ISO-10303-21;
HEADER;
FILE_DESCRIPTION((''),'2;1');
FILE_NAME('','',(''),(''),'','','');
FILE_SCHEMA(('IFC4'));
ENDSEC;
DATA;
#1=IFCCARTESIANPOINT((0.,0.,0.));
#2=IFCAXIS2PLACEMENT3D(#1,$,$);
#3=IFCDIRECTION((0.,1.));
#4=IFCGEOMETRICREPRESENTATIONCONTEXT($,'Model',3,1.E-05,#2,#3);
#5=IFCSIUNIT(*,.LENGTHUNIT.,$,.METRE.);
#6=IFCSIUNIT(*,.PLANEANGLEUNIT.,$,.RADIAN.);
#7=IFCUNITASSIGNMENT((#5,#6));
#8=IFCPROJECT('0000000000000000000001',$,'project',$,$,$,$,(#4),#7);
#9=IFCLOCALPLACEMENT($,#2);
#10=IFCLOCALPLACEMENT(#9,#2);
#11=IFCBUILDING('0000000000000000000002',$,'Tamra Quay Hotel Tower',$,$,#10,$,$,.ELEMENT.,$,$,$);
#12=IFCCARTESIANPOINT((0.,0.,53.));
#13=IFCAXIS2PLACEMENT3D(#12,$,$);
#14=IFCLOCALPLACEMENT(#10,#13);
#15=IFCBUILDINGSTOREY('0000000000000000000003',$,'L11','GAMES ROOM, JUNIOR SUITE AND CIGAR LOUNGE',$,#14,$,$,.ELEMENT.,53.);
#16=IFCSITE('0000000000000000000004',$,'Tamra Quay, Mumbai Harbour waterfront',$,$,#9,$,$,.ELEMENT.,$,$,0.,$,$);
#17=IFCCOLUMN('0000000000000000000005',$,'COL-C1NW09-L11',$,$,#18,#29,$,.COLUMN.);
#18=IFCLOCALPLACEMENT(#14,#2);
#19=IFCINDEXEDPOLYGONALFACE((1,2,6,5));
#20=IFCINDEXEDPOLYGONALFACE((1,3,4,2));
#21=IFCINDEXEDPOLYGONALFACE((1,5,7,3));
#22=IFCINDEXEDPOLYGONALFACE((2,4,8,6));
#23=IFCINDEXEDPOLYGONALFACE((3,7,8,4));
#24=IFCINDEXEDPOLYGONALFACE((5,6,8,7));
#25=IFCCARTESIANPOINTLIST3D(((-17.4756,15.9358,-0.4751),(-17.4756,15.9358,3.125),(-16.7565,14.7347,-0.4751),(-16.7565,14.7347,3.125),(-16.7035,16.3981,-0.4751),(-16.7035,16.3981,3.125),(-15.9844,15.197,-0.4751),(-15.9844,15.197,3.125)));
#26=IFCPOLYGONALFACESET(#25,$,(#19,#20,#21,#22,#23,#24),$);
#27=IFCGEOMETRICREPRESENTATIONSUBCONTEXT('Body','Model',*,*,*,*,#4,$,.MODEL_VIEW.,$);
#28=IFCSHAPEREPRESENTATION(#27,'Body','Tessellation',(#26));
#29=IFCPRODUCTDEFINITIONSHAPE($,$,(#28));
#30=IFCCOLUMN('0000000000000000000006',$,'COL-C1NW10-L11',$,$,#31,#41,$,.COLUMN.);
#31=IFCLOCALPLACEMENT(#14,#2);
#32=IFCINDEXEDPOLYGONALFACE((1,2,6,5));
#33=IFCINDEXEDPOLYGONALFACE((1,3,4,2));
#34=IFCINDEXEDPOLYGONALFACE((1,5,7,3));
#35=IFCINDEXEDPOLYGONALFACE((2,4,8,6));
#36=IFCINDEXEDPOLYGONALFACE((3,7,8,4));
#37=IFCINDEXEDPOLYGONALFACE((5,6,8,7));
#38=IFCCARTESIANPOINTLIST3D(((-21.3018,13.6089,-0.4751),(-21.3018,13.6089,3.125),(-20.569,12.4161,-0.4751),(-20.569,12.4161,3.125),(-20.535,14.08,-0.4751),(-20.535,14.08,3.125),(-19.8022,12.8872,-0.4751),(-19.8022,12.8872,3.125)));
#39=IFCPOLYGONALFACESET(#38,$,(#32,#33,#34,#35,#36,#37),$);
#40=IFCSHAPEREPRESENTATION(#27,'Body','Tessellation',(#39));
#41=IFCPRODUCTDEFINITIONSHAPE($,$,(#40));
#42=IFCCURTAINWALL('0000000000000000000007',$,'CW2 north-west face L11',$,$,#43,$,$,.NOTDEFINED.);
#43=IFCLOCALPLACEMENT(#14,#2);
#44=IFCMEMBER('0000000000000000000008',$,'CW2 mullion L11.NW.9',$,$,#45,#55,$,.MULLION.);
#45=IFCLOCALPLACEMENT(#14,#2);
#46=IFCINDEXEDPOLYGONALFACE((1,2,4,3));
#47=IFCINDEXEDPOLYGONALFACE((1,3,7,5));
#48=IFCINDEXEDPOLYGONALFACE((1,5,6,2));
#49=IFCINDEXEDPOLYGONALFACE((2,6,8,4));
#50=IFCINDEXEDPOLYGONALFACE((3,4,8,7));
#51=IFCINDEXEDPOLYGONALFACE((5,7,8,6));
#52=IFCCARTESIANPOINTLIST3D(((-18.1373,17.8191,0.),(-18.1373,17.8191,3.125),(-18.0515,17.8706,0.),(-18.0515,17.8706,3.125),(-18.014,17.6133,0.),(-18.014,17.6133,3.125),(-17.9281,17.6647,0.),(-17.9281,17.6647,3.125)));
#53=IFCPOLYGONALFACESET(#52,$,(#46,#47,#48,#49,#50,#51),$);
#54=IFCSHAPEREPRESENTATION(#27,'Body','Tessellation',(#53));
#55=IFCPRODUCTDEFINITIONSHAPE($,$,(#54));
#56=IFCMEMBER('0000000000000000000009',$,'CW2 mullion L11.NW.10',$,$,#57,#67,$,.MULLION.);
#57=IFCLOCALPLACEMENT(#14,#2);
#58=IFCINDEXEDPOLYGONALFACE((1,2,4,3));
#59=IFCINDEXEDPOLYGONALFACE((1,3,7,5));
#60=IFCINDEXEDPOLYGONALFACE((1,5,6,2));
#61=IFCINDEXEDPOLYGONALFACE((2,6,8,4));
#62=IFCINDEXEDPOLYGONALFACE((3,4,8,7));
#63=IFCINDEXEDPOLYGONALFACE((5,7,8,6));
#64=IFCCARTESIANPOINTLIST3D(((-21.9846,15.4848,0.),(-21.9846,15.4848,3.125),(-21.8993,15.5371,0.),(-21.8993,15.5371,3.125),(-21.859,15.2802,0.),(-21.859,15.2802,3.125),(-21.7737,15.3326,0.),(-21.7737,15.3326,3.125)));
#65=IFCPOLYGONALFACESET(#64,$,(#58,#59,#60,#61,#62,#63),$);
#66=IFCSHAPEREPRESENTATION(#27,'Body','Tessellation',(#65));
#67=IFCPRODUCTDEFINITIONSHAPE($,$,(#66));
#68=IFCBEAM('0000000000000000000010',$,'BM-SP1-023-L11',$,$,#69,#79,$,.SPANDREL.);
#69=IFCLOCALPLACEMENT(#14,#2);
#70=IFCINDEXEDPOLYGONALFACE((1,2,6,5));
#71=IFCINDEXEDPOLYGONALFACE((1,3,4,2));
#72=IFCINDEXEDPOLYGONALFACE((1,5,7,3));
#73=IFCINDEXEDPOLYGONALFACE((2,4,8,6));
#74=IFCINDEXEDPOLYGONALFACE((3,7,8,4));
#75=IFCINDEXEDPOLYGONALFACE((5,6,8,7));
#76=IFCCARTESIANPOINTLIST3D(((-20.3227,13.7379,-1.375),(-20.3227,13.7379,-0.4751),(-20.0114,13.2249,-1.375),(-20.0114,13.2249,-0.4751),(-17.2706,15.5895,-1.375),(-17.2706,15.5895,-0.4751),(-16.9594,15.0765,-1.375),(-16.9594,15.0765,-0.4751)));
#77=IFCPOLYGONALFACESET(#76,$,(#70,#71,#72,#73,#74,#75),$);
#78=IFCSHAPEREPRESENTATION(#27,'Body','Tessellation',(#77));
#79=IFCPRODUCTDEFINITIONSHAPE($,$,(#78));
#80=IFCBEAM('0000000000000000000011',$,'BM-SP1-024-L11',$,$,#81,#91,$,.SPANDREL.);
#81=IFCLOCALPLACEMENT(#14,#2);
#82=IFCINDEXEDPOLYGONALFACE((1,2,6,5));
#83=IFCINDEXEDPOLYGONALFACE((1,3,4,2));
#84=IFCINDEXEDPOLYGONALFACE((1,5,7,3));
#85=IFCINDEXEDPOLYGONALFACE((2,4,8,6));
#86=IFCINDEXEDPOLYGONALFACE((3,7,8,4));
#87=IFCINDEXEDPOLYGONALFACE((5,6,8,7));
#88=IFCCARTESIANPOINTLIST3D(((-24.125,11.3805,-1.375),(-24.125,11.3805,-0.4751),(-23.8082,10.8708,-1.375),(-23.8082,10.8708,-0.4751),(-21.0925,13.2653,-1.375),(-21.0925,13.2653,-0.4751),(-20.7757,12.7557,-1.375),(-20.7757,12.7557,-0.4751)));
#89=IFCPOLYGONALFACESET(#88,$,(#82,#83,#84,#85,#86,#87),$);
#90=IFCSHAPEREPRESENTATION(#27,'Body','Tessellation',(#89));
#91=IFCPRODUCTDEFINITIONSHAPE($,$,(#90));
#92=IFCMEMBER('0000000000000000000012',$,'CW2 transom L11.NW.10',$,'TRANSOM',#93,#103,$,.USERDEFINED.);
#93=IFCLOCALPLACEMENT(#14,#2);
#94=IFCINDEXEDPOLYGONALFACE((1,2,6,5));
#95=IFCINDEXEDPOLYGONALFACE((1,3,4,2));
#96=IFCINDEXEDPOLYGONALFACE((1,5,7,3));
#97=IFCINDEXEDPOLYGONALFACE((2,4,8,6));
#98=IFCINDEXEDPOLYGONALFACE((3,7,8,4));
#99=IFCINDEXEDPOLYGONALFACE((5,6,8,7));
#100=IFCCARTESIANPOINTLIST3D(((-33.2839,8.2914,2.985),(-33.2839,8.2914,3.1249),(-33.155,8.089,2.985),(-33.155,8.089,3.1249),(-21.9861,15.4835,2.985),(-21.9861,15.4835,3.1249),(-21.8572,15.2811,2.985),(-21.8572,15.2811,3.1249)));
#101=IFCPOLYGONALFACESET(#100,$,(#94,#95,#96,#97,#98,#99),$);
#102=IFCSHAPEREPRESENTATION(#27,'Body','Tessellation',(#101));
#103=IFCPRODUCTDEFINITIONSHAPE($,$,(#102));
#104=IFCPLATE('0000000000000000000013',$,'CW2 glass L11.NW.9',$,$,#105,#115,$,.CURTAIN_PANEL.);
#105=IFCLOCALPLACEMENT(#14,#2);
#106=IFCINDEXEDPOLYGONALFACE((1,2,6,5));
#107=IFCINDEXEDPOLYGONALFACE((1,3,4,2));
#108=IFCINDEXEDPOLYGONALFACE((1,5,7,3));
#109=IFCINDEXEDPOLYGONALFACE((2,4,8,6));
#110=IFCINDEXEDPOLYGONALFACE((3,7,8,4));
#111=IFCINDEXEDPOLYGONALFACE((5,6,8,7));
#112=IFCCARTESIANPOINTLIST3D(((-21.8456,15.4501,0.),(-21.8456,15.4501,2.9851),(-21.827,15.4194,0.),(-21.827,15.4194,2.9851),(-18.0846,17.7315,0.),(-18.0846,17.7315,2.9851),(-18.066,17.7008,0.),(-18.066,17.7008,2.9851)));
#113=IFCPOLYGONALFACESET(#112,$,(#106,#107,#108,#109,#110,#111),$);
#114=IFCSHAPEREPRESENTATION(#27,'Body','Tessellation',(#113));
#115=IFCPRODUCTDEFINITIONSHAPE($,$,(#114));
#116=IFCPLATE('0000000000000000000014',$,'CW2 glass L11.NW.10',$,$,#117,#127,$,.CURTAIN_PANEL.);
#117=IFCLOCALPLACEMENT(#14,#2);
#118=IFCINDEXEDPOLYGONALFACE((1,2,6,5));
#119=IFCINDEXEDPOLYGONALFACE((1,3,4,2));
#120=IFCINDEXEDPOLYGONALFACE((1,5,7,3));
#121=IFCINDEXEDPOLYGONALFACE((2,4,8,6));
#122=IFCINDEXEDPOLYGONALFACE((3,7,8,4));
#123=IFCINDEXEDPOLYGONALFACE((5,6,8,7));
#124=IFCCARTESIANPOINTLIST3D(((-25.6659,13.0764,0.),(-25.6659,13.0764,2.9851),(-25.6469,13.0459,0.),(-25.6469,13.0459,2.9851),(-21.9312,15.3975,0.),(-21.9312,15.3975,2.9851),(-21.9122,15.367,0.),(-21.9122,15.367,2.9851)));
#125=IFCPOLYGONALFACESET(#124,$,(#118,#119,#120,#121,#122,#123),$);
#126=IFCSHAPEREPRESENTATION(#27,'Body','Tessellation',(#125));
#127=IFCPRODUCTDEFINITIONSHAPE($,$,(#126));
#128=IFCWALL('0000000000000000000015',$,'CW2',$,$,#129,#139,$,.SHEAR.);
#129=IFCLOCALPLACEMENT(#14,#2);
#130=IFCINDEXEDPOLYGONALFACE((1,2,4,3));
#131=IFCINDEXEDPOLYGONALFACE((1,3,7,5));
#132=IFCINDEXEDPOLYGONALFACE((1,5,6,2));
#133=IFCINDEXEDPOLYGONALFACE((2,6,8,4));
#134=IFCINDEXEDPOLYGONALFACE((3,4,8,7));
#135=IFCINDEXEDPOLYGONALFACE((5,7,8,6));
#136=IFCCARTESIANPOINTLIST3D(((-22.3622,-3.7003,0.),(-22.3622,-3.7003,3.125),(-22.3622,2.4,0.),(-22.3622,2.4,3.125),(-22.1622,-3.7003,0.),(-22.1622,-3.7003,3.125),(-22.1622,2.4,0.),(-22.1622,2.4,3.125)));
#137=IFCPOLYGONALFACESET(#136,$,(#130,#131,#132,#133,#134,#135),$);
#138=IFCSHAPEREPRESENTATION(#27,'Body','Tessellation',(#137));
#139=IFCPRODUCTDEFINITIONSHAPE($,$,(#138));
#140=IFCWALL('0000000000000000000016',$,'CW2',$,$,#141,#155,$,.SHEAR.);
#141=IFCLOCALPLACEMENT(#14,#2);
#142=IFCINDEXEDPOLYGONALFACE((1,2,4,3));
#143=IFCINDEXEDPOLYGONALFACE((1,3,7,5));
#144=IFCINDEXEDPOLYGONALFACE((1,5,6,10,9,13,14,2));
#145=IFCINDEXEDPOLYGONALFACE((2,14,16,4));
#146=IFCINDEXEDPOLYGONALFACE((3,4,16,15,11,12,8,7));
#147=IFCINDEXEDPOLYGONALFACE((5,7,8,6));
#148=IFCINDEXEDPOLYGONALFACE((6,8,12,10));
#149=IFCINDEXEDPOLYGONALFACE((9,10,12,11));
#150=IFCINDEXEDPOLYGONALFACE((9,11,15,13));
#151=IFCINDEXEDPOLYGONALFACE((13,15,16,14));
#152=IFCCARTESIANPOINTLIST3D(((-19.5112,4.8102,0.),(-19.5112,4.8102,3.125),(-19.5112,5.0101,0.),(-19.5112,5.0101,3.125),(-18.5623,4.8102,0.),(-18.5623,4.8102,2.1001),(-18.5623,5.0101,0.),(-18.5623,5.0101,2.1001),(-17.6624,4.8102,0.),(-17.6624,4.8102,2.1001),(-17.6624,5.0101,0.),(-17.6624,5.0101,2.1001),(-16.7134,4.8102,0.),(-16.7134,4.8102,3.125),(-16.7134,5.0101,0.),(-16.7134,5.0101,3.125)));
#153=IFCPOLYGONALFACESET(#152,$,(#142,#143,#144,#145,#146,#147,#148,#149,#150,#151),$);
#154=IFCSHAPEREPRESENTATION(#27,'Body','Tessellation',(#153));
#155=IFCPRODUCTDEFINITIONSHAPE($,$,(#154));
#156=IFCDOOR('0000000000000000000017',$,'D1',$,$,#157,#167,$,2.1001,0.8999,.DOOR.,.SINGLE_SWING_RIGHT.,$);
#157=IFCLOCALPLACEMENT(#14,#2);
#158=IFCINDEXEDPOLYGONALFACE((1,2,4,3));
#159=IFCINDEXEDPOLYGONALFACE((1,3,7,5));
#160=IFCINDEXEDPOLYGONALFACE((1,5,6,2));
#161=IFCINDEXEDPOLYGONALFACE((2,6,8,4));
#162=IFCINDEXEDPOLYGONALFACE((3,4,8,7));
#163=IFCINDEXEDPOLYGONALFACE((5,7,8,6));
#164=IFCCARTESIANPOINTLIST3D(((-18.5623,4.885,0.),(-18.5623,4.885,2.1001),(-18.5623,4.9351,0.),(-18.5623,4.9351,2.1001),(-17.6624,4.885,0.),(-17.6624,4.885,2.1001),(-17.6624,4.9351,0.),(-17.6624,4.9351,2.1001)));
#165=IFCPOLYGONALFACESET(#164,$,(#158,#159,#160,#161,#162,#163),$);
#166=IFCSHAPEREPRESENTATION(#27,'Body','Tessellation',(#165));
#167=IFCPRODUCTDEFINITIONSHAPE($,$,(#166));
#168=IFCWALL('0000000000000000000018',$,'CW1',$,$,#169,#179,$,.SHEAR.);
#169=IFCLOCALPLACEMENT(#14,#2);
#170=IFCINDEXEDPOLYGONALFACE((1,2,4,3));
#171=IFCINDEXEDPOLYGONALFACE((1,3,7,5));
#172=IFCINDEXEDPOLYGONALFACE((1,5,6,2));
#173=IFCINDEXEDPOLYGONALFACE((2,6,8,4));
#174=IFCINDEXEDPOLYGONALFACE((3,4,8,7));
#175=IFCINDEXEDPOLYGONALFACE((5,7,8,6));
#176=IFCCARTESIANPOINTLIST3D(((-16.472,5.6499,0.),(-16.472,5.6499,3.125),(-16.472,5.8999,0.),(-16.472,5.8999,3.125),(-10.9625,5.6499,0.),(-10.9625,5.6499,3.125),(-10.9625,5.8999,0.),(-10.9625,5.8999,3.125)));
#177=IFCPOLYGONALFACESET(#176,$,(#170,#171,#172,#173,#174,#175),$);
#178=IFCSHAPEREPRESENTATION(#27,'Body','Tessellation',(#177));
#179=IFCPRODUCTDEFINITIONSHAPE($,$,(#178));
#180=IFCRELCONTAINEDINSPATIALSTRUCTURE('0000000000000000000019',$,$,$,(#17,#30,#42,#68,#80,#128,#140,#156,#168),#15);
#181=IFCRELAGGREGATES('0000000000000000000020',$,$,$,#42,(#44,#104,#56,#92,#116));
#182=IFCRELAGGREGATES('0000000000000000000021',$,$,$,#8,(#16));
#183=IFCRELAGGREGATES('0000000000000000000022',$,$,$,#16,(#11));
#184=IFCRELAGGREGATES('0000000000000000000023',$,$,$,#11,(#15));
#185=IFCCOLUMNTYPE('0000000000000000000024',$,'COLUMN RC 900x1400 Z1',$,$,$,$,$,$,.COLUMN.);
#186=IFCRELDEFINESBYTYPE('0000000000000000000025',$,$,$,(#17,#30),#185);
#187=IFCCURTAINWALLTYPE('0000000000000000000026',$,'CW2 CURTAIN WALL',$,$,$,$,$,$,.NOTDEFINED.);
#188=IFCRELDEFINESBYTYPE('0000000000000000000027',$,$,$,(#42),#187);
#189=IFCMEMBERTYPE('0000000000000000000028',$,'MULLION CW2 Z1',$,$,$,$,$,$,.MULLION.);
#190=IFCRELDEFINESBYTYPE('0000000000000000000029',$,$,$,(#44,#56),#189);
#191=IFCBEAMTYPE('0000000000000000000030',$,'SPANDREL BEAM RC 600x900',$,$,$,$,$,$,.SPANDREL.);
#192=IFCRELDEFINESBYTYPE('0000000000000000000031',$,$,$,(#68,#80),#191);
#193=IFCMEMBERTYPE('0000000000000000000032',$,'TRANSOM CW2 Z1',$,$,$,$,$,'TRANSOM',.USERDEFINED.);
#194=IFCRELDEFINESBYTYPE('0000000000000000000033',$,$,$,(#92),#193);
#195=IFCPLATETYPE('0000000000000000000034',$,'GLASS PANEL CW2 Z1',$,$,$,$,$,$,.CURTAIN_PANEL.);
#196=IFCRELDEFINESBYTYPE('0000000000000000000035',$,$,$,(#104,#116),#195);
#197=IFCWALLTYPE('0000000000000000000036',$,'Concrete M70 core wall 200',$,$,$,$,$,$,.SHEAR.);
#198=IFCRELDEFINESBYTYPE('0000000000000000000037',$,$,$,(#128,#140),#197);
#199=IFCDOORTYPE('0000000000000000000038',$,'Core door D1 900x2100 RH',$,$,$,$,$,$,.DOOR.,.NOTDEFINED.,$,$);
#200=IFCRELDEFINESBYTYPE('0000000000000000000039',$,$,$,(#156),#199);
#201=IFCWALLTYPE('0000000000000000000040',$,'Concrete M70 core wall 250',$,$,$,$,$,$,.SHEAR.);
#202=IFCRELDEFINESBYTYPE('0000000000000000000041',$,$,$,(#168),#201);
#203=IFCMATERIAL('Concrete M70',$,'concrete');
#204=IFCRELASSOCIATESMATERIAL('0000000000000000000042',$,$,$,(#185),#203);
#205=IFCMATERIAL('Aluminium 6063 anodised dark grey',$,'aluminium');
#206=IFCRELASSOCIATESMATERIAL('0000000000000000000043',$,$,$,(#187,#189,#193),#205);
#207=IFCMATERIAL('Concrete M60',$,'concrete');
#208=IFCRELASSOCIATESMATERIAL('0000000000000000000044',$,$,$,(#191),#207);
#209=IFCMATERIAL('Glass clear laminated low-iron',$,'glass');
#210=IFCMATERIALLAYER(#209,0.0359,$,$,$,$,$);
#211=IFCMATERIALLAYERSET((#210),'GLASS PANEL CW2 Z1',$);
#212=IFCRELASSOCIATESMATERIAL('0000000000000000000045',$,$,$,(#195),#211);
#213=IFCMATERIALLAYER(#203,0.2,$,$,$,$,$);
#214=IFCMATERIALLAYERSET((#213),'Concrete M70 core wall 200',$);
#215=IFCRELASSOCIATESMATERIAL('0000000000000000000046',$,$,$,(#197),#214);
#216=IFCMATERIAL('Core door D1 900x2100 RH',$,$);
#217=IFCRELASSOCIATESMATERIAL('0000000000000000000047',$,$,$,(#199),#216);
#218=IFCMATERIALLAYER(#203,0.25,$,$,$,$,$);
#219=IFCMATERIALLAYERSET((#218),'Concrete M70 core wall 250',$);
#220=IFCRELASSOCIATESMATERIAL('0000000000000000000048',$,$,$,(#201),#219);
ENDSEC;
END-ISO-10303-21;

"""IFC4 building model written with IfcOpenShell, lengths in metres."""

from ifc_helpers import new_model, si_unit, direction, frame, frame_2d, origin, origin_2d, place, context, subcontext, project, spatial, rectangle, extrude, material, layer, layer_set, material_profile, profile_set, type_object, element, fill, aggregate, save


model = new_model("IFC4")

# Units and contexts
model_context = context("Model", 3, precision=1e-05, world=origin(), true_north=direction((0.0, 1.0)))
body_context = subcontext(model_context, "Body", "Model", "MODEL_VIEW")
ifc_project = project(units=[si_unit("LENGTHUNIT", "METRE"), si_unit("PLANEANGLEUNIT", "RADIAN")], contexts=[model_context])

# Site, building, storey
site_placement = place(None, origin())
site = spatial("IfcSite", under=ifc_project, at=site_placement, Name="Tamra Quay, Mumbai Harbour waterfront", CompositionType="ELEMENT", RefElevation=0.0)
building_placement = place(site_placement, origin())
building = spatial("IfcBuilding", under=site, at=building_placement, Name="Tamra Quay Hotel Tower", CompositionType="ELEMENT")
storey_placement = place(building_placement, frame((0.0, 0.0, 53.0)))
storey = spatial("IfcBuildingStorey", under=building, at=storey_placement, Name="L11", Description="GAMES ROOM, JUNIOR SUITE AND CIGAR LOUNGE", CompositionType="ELEMENT", Elevation=53.0)

# Columns
ifc_material_1 = material(Name="Concrete M70", Category="concrete")
ifc_material_profile_1 = material_profile(ifc_material_1, rectangle(XDim=1.3999, YDim=0.8999, at=origin_2d()), Name="COLUMN RC 900x1400 Z1")
ifc_profile_set_1 = profile_set([ifc_material_profile_1], Name="Concrete M70")
column_type = type_object("IfcColumnType", Name="COLUMN RC 900x1400 Z1", PredefinedType="COLUMN", material=ifc_profile_set_1)
for number, where, z_axis, x_axis, name in (
    (1, (-16.73, 15.5664, -0.4751), (0.0, 0.0, 1.0), (-0.513654, 0.857998, 0.0), "COL-C1NW09-L11"),
    (2, (-20.552, 13.248, -0.4751), (0.0, 0.0, 1.0), (-0.52343, 0.852069, 0.0), "COL-C1NW10-L11"),
):
    element("IfcColumn", number, at=place(storey_placement, frame(where, z_axis=z_axis, x_axis=x_axis)), inside=storey, type_object=column_type, Name=name, PredefinedType="COLUMN", context=body_context, shape_type="SweptSolid", body=[
        extrude(rectangle(XDim=1.3999, YDim=0.8999, at=origin_2d()), origin(), (0.0, 0.0, 1.0), 3.6001),
    ])

# Curtain wall, members
ifc_material_2 = material(Name="Aluminium 6063 anodised dark grey", Category="aluminium")
curtain_wall_type = type_object("IfcCurtainWallType", Name="CW2 CURTAIN WALL", PredefinedType="NOTDEFINED", material=ifc_material_2)
curtain_wall_placement = place(storey_placement, origin())
curtain_wall = element("IfcCurtainWall", 3, at=curtain_wall_placement, inside=storey, type_object=curtain_wall_type, Name="CW2 north-west face L11", PredefinedType="NOTDEFINED")
ifc_material_profile_2 = material_profile(ifc_material_2, rectangle(XDim=0.24, YDim=0.1001, at=origin_2d()), Name="MULLION 100X240")
ifc_profile_set_2 = profile_set([ifc_material_profile_2], Name="Aluminium 6063 anodised dark grey")
member_type_1 = type_object("IfcMemberType", Name="MULLION CW2 Z1", PredefinedType="MULLION", material=ifc_profile_set_2)
member_1_placement = place(storey_placement, frame((-18.0327, 17.7419, 0.0), z_axis=(0.0, 0.0, 1.0), x_axis=(-0.514004, 0.857788, 0.0)))
member_1 = element("IfcMember", 4, at=member_1_placement, type_object=member_type_1, Name="CW2 mullion L11.NW.9", PredefinedType="MULLION", context=body_context, shape_type="SweptSolid", body=[
    extrude(rectangle(XDim=0.24, YDim=0.1001, at=origin_2d()), origin(), (0.0, 0.0, 1.0), 3.125),
])
member_2_placement = place(storey_placement, frame((-21.8792, 15.4087, 0.0), z_axis=(0.0, 0.0, 1.0), x_axis=(-0.523257, 0.852175, 0.0)))
member_2 = element("IfcMember", 5, at=member_2_placement, type_object=member_type_1, Name="CW2 mullion L11.NW.10", PredefinedType="MULLION", context=body_context, shape_type="SweptSolid", body=[
    extrude(rectangle(XDim=0.24, YDim=0.1001, at=origin_2d()), origin(), (0.0, 0.0, 1.0), 3.125),
])

# Beams
ifc_material_3 = material(Name="Concrete M60", Category="concrete")
ifc_material_profile_3 = material_profile(ifc_material_3, rectangle(XDim=0.6001, YDim=0.8999, at=origin_2d()), Name="SPANDREL BEAM RC 600x900")
ifc_profile_set_3 = profile_set([ifc_material_profile_3], Name="Concrete M60")
beam_type = type_object("IfcBeamType", Name="SPANDREL BEAM RC 600x900", PredefinedType="SPANDREL", material=ifc_profile_set_3)
beam_1_placement = place(storey_placement, frame((-17.115, 15.333, -0.925), z_axis=(-0.854966, -0.518684, 0.0), x_axis=(0.518684, -0.854966, 0.0)))
element("IfcBeam", 6, at=beam_1_placement, inside=storey, type_object=beam_type, Name="BM-SP1-023-L11", PredefinedType="SPANDREL", context=body_context, shape_type="SweptSolid", body=[
    extrude(rectangle(XDim=0.6001, YDim=0.8999, at=origin_2d()), origin(), (0.0, 0.0, 1.0), 3.5698),
])
beam_2_placement = place(storey_placement, frame((-20.9341, 13.0105, -0.925), z_axis=(-0.849321, -0.527877, 0.0), x_axis=(0.527877, -0.849321, 0.0)))
element("IfcBeam", 7, at=beam_2_placement, inside=storey, type_object=beam_type, Name="BM-SP1-024-L11", PredefinedType="SPANDREL", context=body_context, shape_type="SweptSolid", body=[
    extrude(rectangle(XDim=0.6001, YDim=0.8999, at=origin_2d()), origin(), (0.0, 0.0, 1.0), 3.5706),
])

# Member
ifc_material_profile_4 = material_profile(ifc_material_2, rectangle(XDim=0.24, YDim=0.1399, at=origin_2d()), Name="TRANSOM 240X140")
ifc_profile_set_4 = profile_set([ifc_material_profile_4], Name="Aluminium 6063 anodised dark grey")
member_type_2 = type_object("IfcMemberType", Name="TRANSOM CW2 Z1", ElementType="TRANSOM", PredefinedType="USERDEFINED", material=ifc_profile_set_4)
member_3_placement = place(storey_placement, frame((-21.9216, 15.3823, 3.0549), z_axis=(-0.843574, -0.537013, 0.0), x_axis=(0.537013, -0.843574, 0.0)))
member_3 = element("IfcMember", 8, at=member_3_placement, type_object=member_type_2, Name="CW2 transom L11.NW.10", ObjectType="TRANSOM", PredefinedType="USERDEFINED", context=body_context, shape_type="SweptSolid", body=[
    extrude(rectangle(XDim=0.24, YDim=0.1399, at=origin_2d()), origin(), (0.0, 0.0, 1.0), 13.3928),
])

# Plates
ifc_material_4 = material(Name="Glass clear laminated low-iron", Category="glass")
ifc_layer_1 = layer(ifc_material_4, 0.0359)
ifc_layer_set_1 = layer_set([ifc_layer_1], Name="GLASS PANEL CW2 Z1")
plate_type = type_object("IfcPlateType", Name="GLASS PANEL CW2 Z1", PredefinedType="CURTAIN_PANEL", material=ifc_layer_set_1)
plate_1_placement = place(storey_placement, frame((-19.9558, 16.5754, 0.0), z_axis=(0.0, 0.0, 1.0), x_axis=(-0.854994, -0.518639, 0.0)))
plate_1 = element("IfcPlate", 9, at=plate_1_placement, type_object=plate_type, Name="CW2 glass L11.NW.9", PredefinedType="CURTAIN_PANEL", context=body_context, shape_type="SweptSolid", body=[
    extrude(rectangle(XDim=4.3989, YDim=0.0359, at=origin_2d()), origin(), (0.0, 0.0, 1.0), 2.9851),
])
plate_2_placement = place(storey_placement, frame((-23.7891, 14.2217, 0.0), z_axis=(0.0, 0.0, 1.0), x_axis=(-0.849331, -0.52786, 0.0)))
plate_2 = element("IfcPlate", 10, at=plate_2_placement, type_object=plate_type, Name="CW2 glass L11.NW.10", PredefinedType="CURTAIN_PANEL", context=body_context, shape_type="SweptSolid", body=[
    extrude(rectangle(XDim=4.3972, YDim=0.0359, at=origin_2d()), origin(), (0.0, 0.0, 1.0), 2.9851),
])
aggregate(curtain_wall, [member_1, plate_1, member_2, member_3, plate_2])

# Wall
ifc_layer_2 = layer(ifc_material_1, 0.2)
ifc_layer_set_2 = layer_set([ifc_layer_2], Name="Concrete M70 core wall 200")
wall_type_1 = type_object("IfcWallType", Name="Concrete M70 core wall 200", PredefinedType="SHEAR", material=ifc_layer_set_2)
wall_1_placement = place(storey_placement, frame((-22.2622, 2.4001, 0.0), z_axis=(0.0, 0.0, 1.0), x_axis=(0.0, -1.0, 0.0)))
element("IfcWall", 11, at=wall_1_placement, inside=storey, type_object=wall_type_1, Name="CW2", PredefinedType="SHEAR", context=body_context, shape_type="SweptSolid", body=[
    extrude(rectangle(XDim=6.1003, YDim=0.2, at=frame_2d((3.0503, 0.0))), origin(), (0.0, 0.0, 1.0), 3.125),
])

# Wall, opening, door
wall_2_placement = place(storey_placement, frame((-19.5112, 4.9102, 0.0), z_axis=(0.0, 0.0, 1.0), x_axis=(1.0, 0.0, 0.0)))
wall_2 = element("IfcWall", 12, at=wall_2_placement, inside=storey, type_object=wall_type_1, Name="CW2", PredefinedType="SHEAR", context=body_context, shape_type="SweptSolid", body=[
    extrude(rectangle(XDim=2.7979, YDim=0.2, at=frame_2d((1.3989, 0.0))), origin(), (0.0, 0.0, 1.0), 3.125),
])
opening_1_placement = place(wall_2_placement, frame((0.949, 0.0, 0.0)))
opening_1 = element("IfcOpeningElement", 13, at=opening_1_placement, cuts=wall_2, PredefinedType="OPENING", context=body_context, shape_type="SweptSolid", body=[
    extrude(rectangle(XDim=0.8999, YDim=2.1001, at=frame_2d((0.45, 1.05))), frame((0.0, 0.1099, 0.0), z_axis=(0.0, -1.0, 0.0), x_axis=(1.0, 0.0, 0.0)), (0.0, 0.0, 1.0), 0.22),
])
ifc_material_5 = material(Name="Core door D1 900x2100 RH")
door_type_1 = type_object("IfcDoorType", Name="Core door D1 900x2100 RH", OperationType="NOTDEFINED", PredefinedType="DOOR", material=ifc_material_5)
door_1_placement = place(opening_1_placement, origin())
door_1 = element("IfcDoor", 14, at=door_1_placement, inside=storey, type_object=door_type_1, Name="D1", OperationType="SINGLE_SWING_RIGHT", OverallHeight=2.1001, OverallWidth=0.8999, PredefinedType="DOOR", context=body_context, shape_type="SweptSolid", body=[
    extrude(rectangle(XDim=0.8999, YDim=2.1001, at=frame_2d((0.45, 1.05))), frame((0.0, 0.0249, 0.0), z_axis=(0.0, -1.0, 0.0), x_axis=(1.0, 0.0, 0.0)), (0.0, 0.0, 1.0), 0.05),
])
fill(opening_1, door_1)

# Wall
ifc_layer_3 = layer(ifc_material_1, 0.25)
ifc_layer_set_3 = layer_set([ifc_layer_3], Name="Concrete M70 core wall 250")
wall_type_2 = type_object("IfcWallType", Name="Concrete M70 core wall 250", PredefinedType="SHEAR", material=ifc_layer_set_3)
wall_3_placement = place(storey_placement, frame((-16.4722, 5.7749, 0.0), z_axis=(0.0, 0.0, 1.0), x_axis=(1.0, 0.0, 0.0)))
element("IfcWall", 15, at=wall_3_placement, inside=storey, type_object=wall_type_2, Name="CW1", PredefinedType="SHEAR", context=body_context, shape_type="SweptSolid", body=[
    extrude(rectangle(XDim=5.5095, YDim=0.25, at=frame_2d((2.7549, 0.0))), origin(), (0.0, 0.0, 1.0), 3.125),
])

save(model, "model.ifc")
